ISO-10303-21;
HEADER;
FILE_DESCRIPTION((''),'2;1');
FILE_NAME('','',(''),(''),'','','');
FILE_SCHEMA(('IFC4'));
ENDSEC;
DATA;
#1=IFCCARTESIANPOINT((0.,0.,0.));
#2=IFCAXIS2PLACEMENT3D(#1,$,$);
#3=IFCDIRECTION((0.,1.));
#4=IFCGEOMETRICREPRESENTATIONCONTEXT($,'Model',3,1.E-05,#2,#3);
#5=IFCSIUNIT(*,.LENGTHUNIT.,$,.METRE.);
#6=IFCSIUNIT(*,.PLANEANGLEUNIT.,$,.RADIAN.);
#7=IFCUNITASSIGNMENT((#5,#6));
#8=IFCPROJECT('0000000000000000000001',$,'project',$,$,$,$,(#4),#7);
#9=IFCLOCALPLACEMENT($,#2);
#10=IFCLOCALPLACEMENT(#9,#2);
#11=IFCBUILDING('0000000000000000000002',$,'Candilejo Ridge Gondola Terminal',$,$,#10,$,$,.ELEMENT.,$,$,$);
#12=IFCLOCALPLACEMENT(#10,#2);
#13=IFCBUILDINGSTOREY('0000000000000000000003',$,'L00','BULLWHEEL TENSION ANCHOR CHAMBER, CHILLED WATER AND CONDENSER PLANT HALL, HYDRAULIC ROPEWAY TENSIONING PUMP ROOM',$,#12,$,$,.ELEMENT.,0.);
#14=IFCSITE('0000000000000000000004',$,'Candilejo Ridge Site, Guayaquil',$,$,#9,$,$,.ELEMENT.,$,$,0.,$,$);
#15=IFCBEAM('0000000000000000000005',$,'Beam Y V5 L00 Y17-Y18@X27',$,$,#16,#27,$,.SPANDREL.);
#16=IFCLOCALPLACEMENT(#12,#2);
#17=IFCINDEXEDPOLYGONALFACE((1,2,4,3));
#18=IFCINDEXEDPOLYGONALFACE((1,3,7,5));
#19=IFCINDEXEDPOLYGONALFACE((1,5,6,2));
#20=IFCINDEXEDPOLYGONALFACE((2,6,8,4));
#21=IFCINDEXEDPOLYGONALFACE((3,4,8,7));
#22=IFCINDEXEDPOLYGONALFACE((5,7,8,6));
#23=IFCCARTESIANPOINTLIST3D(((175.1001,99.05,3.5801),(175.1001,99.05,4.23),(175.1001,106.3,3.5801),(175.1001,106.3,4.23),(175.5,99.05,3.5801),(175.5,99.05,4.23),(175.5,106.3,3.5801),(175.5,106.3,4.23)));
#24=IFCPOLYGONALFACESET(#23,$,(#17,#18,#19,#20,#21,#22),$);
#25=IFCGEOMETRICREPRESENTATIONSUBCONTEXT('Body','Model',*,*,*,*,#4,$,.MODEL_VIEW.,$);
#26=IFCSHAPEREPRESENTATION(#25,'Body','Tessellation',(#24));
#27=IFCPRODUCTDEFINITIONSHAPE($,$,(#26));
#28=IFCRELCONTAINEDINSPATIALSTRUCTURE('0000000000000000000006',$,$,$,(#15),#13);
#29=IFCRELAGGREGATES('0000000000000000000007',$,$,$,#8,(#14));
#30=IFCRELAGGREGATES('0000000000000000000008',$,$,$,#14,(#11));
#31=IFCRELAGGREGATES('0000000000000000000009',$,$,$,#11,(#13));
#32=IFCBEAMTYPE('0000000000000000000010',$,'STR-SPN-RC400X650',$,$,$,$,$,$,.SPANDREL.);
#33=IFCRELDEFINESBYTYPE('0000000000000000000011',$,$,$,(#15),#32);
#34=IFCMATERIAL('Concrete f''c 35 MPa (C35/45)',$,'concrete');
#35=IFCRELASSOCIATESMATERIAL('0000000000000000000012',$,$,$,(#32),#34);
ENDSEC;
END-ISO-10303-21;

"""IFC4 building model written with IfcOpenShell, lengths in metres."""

from ifc_helpers import new_model, si_unit, direction, frame, origin, origin_2d, place, context, subcontext, project, spatial, rectangle, extrude, material, material_profile, profile_set, type_object, element, save


model = new_model("IFC4")

# Units and contexts
model_context = context("Model", 3, precision=1e-05, world=origin(), true_north=direction((0.0, 1.0)))
body_context = subcontext(model_context, "Body", "Model", "MODEL_VIEW")
ifc_project = project(units=[si_unit("LENGTHUNIT", "METRE"), si_unit("PLANEANGLEUNIT", "RADIAN")], contexts=[model_context])

# Site, building, storey
site_placement = place(None, origin())
site = spatial("IfcSite", under=ifc_project, at=site_placement, Name="Candilejo Ridge Site, Guayaquil", CompositionType="ELEMENT", RefElevation=0.0)
building_placement = place(site_placement, origin())
building = spatial("IfcBuilding", under=site, at=building_placement, Name="Candilejo Ridge Gondola Terminal", CompositionType="ELEMENT")
storey_placement = place(building_placement, origin())
storey = spatial("IfcBuildingStorey", under=building, at=storey_placement, Name="L00", Description="BULLWHEEL TENSION ANCHOR CHAMBER, CHILLED WATER AND CONDENSER PLANT HALL, HYDRAULIC ROPEWAY TENSIONING PUMP ROOM", CompositionType="ELEMENT", Elevation=0.0)

# Beam
ifc_material_1 = material(Name="Concrete f'c 35 MPa (C35/45)", Category="concrete")
ifc_material_profile_1 = material_profile(ifc_material_1, rectangle(XDim=0.3999, YDim=0.6499, at=origin_2d()))
ifc_profile_set_1 = profile_set([ifc_material_profile_1], Name="Concrete f'c 35 MPa (C35/45)")
beam_type_1 = type_object("IfcBeamType", Name="STR-SPN-RC400X650", PredefinedType="SPANDREL", material=ifc_profile_set_1)
beam_1_placement = place(storey_placement, frame((175.3, 99.05, 3.905), z_axis=(0.0, 1.0, 0.0), x_axis=(-1.0, 0.0, 0.0)))
element("IfcBeam", 1, at=beam_1_placement, inside=storey, type_object=beam_type_1, Name="Beam Y V5 L00 Y17-Y18@X27", PredefinedType="SPANDREL", context=body_context, shape_type="SweptSolid", body=[
    extrude(rectangle(XDim=0.3999, YDim=0.6499, at=origin_2d()), origin(), (0.0, 0.0, 1.0), 7.25),
])

save(model, "model.ifc")
